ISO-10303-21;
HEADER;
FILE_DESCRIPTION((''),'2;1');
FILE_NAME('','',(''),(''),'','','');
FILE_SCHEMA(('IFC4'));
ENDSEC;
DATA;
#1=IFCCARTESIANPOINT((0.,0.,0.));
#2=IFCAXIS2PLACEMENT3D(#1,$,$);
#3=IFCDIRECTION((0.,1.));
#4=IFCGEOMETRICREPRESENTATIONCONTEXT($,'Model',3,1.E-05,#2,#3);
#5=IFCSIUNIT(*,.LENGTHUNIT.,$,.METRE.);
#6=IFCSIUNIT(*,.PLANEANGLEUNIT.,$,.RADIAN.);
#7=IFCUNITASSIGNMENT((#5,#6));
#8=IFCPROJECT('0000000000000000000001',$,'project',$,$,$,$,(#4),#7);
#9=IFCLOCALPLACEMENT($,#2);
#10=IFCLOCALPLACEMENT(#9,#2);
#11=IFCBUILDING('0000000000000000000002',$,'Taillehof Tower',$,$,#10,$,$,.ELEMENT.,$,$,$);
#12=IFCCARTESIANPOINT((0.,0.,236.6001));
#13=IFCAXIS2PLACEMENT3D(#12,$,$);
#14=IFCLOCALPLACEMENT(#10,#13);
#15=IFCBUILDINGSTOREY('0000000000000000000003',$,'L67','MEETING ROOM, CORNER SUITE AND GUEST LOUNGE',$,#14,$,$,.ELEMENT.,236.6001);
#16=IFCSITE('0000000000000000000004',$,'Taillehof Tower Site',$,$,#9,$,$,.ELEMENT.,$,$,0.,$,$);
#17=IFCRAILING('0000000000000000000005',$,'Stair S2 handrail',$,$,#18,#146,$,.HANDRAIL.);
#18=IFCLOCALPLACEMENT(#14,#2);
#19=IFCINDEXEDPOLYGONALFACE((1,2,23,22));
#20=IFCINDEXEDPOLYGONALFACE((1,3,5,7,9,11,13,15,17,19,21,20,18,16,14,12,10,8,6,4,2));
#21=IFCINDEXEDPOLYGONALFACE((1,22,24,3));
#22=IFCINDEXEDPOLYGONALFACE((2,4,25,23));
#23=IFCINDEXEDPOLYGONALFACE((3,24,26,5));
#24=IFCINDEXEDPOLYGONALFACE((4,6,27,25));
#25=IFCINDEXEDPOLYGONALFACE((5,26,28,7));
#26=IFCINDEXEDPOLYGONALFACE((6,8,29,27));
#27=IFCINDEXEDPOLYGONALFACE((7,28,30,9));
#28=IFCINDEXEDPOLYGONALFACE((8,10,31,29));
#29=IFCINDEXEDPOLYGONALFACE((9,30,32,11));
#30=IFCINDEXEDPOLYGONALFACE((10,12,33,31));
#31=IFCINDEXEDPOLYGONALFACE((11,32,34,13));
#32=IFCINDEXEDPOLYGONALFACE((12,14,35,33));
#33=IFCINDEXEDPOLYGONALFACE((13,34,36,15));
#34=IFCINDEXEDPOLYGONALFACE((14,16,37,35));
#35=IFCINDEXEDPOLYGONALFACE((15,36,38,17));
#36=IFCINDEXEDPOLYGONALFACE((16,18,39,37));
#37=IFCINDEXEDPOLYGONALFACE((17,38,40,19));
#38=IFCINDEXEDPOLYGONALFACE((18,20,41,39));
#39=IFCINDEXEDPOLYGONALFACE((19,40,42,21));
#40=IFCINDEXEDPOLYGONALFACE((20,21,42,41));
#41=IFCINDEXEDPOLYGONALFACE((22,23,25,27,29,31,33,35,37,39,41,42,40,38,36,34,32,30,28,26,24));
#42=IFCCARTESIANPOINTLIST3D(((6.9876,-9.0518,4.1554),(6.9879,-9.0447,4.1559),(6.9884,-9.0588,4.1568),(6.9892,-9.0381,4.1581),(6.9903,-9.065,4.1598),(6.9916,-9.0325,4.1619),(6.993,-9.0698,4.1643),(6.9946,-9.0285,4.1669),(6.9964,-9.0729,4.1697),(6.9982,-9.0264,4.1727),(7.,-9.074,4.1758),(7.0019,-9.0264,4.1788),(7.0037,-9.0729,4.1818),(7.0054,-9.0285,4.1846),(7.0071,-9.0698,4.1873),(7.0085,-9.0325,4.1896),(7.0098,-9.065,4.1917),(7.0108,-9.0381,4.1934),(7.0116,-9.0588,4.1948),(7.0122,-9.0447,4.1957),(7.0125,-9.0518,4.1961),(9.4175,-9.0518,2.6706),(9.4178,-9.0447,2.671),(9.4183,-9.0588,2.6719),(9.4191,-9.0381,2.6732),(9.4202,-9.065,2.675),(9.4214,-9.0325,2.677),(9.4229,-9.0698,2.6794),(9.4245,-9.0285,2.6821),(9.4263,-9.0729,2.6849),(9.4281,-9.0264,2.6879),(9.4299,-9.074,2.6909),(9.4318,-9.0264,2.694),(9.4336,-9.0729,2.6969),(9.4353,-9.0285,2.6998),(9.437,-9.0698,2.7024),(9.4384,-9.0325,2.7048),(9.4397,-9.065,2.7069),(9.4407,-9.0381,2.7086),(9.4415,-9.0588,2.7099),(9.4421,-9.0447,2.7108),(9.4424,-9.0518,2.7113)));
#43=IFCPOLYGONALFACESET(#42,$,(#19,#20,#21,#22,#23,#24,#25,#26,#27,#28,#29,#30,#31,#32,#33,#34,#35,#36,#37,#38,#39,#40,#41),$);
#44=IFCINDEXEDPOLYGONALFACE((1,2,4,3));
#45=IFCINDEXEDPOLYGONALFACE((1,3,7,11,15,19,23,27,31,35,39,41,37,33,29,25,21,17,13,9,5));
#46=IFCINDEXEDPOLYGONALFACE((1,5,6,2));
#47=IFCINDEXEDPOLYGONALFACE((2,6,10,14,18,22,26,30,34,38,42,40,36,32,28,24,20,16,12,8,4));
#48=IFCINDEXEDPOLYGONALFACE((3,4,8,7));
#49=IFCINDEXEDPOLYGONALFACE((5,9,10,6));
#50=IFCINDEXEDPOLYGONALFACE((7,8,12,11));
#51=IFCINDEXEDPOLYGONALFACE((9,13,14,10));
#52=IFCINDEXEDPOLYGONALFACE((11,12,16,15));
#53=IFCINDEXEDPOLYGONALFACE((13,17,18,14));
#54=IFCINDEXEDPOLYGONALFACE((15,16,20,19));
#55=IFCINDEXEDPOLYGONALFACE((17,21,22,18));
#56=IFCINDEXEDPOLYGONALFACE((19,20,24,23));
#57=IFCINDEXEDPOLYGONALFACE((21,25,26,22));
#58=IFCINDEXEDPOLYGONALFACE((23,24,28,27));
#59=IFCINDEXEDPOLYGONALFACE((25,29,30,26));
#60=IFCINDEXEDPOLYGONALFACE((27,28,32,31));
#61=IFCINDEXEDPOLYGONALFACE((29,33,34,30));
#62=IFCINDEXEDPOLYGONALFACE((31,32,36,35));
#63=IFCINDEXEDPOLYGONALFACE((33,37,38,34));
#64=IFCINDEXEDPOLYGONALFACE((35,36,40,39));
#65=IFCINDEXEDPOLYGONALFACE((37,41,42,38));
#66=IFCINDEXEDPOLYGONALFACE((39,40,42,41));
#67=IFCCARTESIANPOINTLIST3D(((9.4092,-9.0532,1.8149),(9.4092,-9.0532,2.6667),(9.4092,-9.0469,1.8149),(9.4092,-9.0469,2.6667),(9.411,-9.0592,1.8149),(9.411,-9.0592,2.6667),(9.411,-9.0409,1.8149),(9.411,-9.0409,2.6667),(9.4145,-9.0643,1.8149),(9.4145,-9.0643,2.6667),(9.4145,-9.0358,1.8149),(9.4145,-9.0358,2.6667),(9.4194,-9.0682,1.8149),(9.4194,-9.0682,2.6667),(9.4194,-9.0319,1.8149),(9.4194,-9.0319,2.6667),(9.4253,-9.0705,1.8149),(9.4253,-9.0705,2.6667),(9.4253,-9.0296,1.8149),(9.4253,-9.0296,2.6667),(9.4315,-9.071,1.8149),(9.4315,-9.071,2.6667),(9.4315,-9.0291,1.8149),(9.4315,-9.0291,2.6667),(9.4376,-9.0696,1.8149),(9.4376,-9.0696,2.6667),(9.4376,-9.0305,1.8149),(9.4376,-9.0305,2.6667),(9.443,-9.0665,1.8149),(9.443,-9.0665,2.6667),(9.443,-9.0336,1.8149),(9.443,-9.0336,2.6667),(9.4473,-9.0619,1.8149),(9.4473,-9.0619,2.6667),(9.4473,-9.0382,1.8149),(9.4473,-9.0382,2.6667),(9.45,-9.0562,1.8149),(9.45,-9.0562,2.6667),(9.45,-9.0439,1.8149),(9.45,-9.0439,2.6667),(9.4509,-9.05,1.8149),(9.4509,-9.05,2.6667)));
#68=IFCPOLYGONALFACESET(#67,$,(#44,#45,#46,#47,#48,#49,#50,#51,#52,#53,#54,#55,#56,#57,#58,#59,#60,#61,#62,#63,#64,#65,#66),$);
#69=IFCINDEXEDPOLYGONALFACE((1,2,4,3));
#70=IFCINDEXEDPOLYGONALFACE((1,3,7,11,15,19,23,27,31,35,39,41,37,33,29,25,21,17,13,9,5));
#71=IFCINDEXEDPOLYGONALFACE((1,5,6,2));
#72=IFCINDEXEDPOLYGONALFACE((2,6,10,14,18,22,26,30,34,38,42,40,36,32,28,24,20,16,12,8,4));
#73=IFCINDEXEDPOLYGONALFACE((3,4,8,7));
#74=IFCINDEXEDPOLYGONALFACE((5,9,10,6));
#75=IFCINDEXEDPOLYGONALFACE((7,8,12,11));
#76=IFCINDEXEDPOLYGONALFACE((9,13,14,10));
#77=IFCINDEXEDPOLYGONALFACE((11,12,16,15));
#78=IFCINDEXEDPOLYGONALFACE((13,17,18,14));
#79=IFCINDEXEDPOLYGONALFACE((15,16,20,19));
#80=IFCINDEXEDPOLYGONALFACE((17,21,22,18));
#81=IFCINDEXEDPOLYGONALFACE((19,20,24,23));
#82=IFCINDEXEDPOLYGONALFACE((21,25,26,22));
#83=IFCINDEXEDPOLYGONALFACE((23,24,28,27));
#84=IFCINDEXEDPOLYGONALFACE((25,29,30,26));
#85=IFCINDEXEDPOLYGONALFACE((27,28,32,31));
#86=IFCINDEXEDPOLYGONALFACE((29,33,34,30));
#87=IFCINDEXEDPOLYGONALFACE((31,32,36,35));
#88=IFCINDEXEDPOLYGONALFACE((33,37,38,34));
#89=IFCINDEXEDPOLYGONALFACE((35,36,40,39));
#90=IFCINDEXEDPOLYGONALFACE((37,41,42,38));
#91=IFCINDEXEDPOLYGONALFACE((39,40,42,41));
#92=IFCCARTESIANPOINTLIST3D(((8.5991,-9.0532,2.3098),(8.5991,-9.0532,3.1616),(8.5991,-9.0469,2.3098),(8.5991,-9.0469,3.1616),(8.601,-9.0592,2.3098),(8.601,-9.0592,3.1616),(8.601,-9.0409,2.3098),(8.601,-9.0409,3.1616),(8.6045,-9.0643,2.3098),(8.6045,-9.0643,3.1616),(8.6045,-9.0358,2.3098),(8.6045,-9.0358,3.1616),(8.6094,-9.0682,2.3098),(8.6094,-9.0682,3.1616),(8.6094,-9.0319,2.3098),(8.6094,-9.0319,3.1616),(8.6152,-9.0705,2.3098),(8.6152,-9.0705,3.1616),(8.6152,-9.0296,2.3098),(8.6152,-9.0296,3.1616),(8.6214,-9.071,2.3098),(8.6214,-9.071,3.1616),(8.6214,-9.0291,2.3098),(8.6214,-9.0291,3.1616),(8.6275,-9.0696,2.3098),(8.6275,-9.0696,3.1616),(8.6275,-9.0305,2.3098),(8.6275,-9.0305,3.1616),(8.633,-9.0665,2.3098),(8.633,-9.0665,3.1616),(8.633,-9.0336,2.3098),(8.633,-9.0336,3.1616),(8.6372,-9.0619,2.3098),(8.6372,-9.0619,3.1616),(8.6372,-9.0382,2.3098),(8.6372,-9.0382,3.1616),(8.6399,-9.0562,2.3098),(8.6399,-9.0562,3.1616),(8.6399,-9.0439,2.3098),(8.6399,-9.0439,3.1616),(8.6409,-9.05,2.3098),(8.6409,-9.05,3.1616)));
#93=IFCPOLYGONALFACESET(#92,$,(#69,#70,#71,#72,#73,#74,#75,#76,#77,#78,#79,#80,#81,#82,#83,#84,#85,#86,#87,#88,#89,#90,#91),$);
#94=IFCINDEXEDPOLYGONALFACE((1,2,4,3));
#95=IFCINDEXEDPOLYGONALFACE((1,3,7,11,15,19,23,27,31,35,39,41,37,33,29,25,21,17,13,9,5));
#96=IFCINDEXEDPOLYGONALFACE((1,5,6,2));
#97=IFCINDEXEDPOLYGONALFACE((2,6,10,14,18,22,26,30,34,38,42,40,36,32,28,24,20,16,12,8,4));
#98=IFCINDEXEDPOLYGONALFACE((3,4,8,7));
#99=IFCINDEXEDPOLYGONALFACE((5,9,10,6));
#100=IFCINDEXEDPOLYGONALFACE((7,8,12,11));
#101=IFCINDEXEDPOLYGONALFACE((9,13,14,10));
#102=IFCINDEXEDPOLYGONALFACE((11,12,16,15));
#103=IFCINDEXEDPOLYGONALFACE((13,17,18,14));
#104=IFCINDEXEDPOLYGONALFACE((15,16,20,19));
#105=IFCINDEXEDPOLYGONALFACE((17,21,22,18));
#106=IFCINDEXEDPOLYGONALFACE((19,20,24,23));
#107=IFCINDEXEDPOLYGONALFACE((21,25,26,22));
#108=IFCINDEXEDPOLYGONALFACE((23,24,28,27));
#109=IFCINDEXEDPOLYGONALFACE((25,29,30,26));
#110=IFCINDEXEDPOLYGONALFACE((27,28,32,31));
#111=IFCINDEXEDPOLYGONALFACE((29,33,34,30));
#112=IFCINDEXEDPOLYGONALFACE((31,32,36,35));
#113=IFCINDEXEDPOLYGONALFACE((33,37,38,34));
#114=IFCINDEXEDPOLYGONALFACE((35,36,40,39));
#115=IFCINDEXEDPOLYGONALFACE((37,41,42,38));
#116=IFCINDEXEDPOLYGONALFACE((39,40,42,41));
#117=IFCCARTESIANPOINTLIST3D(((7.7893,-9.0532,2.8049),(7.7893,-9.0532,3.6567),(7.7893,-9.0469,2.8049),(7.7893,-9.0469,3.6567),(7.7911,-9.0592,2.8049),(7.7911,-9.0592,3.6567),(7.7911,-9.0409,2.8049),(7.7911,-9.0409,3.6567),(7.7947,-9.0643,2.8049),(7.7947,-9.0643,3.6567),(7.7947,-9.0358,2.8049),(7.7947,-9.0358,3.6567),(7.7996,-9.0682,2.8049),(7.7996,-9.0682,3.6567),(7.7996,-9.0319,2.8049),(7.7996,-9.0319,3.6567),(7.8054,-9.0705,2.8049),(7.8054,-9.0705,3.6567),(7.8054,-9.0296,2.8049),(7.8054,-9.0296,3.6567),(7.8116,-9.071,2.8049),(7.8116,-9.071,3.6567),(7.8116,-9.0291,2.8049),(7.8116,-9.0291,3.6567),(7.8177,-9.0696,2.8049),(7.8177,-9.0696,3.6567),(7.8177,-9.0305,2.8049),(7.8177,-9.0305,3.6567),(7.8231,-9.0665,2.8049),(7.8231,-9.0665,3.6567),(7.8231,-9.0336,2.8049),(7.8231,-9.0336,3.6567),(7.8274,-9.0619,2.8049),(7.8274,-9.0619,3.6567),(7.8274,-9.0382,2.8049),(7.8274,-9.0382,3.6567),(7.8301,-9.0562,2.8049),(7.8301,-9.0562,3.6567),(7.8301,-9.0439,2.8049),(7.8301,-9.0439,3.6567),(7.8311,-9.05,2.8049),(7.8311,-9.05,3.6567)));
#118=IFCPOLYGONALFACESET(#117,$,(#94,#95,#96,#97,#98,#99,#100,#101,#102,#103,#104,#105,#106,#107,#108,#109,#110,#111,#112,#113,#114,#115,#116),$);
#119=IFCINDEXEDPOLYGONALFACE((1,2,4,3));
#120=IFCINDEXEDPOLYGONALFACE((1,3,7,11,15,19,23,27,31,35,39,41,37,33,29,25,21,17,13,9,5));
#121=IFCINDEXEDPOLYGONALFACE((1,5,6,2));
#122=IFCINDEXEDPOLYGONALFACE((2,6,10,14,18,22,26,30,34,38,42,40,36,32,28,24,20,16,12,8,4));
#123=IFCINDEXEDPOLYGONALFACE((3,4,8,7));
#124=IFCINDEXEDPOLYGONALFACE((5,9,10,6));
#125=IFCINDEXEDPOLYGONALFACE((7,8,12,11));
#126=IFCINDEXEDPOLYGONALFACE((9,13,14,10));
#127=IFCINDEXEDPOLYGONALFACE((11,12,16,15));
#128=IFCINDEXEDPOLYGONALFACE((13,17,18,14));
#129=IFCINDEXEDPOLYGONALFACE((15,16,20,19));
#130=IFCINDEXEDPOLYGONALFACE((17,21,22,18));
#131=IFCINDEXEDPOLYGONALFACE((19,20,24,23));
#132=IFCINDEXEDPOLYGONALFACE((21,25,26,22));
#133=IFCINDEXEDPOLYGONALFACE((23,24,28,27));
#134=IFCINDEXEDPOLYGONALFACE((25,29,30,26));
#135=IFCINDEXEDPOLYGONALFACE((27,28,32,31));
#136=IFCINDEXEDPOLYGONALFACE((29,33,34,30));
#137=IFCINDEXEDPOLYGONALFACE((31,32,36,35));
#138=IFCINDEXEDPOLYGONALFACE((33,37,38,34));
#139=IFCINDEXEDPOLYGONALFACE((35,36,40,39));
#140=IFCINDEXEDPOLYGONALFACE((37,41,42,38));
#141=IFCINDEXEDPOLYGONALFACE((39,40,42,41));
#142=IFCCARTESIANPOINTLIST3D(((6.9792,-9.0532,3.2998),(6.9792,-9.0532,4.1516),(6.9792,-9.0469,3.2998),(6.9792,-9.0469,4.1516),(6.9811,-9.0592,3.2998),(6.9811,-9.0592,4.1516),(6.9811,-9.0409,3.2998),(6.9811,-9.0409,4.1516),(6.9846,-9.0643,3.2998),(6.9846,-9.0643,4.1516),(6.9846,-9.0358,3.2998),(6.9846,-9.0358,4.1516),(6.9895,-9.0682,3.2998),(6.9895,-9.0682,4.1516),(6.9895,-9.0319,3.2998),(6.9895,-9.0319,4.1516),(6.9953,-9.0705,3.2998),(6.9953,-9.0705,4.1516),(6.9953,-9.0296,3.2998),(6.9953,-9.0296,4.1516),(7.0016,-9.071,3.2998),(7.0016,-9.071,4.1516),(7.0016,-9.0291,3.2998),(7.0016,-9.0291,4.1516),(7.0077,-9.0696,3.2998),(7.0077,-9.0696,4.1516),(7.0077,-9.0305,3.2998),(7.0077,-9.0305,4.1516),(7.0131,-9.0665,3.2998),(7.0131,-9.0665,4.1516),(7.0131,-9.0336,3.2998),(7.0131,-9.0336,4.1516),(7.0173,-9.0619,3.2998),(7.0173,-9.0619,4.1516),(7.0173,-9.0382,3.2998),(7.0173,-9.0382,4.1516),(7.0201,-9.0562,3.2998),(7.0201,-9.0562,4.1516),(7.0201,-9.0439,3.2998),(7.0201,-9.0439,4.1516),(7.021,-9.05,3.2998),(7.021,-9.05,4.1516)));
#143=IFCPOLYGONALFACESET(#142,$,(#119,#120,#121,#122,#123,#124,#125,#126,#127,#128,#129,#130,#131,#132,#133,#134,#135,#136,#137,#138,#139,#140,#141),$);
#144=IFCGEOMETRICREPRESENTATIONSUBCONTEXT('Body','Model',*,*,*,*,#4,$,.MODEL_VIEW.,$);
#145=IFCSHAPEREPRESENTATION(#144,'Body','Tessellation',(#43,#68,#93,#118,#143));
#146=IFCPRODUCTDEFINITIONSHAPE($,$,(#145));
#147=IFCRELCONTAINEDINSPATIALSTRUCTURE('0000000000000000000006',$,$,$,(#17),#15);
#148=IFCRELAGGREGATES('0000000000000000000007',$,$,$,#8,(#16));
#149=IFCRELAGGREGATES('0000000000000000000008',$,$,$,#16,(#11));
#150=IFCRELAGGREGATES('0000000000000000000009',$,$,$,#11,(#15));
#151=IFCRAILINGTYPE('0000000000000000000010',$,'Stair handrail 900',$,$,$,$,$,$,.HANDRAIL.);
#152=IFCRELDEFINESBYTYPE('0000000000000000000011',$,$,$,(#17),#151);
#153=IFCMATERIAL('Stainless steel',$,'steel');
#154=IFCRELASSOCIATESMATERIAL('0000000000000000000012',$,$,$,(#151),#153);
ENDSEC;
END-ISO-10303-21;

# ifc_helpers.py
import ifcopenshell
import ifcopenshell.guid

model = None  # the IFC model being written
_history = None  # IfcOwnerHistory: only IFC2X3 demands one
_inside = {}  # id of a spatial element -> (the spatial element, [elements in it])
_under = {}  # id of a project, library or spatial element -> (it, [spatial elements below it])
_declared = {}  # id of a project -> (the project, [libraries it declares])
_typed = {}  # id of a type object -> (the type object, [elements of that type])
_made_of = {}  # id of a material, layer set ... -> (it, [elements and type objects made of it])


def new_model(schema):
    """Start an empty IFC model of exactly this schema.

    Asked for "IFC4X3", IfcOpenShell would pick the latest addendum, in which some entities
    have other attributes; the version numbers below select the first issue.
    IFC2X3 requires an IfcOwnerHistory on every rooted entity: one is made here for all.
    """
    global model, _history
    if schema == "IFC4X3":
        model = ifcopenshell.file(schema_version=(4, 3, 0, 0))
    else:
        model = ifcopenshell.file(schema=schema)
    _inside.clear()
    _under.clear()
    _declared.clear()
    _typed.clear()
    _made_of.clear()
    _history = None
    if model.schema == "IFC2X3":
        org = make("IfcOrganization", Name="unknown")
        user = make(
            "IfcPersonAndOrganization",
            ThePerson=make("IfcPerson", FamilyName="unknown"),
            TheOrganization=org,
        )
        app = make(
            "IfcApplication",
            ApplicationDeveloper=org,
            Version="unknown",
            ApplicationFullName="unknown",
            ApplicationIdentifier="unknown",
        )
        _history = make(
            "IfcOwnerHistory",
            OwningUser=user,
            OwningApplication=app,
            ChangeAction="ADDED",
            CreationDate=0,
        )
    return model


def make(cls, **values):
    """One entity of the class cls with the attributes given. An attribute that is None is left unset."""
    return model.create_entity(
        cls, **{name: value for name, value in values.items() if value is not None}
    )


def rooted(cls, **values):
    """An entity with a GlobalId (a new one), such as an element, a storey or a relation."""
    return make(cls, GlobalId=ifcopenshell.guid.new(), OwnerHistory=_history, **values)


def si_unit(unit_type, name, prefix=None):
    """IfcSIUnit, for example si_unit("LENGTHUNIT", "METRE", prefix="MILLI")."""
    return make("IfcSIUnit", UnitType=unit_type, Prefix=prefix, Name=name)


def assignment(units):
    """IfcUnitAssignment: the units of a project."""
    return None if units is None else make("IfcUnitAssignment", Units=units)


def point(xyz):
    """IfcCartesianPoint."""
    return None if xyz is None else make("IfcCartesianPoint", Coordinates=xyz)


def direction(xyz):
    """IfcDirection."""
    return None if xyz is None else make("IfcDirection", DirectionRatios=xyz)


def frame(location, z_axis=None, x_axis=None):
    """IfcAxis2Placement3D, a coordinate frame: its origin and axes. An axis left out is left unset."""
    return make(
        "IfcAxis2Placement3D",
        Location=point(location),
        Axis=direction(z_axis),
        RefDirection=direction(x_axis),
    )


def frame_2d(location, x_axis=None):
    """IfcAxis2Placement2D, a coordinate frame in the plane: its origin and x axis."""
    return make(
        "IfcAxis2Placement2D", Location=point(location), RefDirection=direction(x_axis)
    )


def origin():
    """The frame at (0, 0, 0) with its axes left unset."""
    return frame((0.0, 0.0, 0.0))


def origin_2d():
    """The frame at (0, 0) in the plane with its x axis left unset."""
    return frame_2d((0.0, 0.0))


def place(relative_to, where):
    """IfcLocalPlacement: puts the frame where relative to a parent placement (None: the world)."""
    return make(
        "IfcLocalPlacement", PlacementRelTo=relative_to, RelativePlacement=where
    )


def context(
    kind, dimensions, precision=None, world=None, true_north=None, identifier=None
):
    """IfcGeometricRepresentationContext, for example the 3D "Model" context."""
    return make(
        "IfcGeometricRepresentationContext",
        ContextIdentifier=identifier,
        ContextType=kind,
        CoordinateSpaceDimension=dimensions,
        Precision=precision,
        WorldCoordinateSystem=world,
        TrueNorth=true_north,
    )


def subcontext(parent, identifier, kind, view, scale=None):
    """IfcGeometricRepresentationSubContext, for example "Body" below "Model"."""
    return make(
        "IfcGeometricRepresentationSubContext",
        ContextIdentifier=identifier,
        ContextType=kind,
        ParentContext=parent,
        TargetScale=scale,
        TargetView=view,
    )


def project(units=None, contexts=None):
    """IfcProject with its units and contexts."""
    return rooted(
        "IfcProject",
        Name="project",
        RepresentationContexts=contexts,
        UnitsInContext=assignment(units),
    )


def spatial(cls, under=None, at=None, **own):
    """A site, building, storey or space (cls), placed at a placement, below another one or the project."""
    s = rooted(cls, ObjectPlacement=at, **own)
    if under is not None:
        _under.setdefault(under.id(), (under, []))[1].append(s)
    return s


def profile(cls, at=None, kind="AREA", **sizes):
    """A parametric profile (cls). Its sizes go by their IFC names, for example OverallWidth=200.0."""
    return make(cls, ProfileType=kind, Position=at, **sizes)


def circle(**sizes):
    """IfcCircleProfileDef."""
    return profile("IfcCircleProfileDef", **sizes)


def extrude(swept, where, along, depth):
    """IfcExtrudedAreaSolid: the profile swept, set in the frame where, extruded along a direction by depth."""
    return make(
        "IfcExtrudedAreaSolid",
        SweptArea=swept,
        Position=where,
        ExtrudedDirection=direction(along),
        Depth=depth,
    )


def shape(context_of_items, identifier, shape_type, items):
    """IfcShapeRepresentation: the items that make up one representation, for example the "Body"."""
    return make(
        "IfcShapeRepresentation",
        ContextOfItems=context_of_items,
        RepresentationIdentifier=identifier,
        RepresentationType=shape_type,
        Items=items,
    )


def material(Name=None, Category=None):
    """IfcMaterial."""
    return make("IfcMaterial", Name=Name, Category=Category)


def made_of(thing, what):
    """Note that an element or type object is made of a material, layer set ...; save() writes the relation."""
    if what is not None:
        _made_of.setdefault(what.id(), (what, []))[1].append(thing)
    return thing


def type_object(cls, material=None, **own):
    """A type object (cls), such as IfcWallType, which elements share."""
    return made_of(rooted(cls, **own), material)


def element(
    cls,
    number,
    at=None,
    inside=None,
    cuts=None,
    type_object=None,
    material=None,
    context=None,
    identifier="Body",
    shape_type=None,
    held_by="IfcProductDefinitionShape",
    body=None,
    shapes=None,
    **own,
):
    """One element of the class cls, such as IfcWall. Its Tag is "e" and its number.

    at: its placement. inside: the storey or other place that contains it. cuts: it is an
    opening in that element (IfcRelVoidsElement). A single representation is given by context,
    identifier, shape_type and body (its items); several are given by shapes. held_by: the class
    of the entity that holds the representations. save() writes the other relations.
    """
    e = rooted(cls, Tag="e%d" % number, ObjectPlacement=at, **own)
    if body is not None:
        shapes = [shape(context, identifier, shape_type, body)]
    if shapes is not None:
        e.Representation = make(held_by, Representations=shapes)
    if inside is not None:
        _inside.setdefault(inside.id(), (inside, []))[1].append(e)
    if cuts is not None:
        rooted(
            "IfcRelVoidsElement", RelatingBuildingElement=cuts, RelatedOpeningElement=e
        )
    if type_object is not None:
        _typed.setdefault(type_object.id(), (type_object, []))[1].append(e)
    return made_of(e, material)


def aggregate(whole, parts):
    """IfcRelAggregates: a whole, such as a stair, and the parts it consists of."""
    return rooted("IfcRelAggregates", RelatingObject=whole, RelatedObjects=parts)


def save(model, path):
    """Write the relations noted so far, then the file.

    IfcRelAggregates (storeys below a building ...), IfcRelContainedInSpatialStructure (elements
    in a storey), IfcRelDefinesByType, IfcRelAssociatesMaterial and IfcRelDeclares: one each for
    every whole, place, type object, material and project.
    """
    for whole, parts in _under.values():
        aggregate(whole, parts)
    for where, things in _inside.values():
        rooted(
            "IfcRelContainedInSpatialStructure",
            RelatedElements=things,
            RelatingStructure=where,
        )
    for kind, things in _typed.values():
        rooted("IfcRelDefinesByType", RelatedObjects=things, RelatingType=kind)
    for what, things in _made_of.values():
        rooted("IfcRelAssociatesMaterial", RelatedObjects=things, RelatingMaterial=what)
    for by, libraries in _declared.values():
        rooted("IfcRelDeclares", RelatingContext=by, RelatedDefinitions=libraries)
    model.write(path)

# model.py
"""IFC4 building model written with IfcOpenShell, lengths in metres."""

from ifc_helpers import new_model, si_unit, direction, frame, origin, origin_2d, place, context, subcontext, project, spatial, circle, extrude, material, type_object, element, save


model = new_model("IFC4")

# Units and contexts
model_context = context("Model", 3, precision=1e-05, world=origin(), true_north=direction((0.0, 1.0)))
body_context = subcontext(model_context, "Body", "Model", "MODEL_VIEW")
ifc_project = project(units=[si_unit("LENGTHUNIT", "METRE"), si_unit("PLANEANGLEUNIT", "RADIAN")], contexts=[model_context])

# Site, building, storey
site_placement = place(None, origin())
site = spatial("IfcSite", under=ifc_project, at=site_placement, Name="Taillehof Tower Site", CompositionType="ELEMENT", RefElevation=0.0)
building_placement = place(site_placement, origin())
building = spatial("IfcBuilding", under=site, at=building_placement, Name="Taillehof Tower", CompositionType="ELEMENT")
storey_placement = place(building_placement, frame((0.0, 0.0, 236.6001)))
storey = spatial("IfcBuildingStorey", under=building, at=storey_placement, Name="L67", Description="MEETING ROOM, CORNER SUITE AND GUEST LOUNGE", CompositionType="ELEMENT", Elevation=236.6001)

# Railing
ifc_material_1 = material(Name="Stainless steel", Category="steel")
railing_type = type_object("IfcRailingType", Name="Stair handrail 900", PredefinedType="HANDRAIL", material=ifc_material_1)
railing_placement = place(storey_placement, frame((9.4299, -9.05, 1.8149)))
element("IfcRailing", 1, at=railing_placement, inside=storey, type_object=railing_type, Name="Stair S2 handrail", PredefinedType="HANDRAIL", context=body_context, shape_type="SweptSolid", body=[
    extrude(circle(Radius=0.0239, at=origin_2d()), frame((0.0, 0.0, 0.876), z_axis=(-0.853297, 0.0, 0.521426), x_axis=(0.0, -1.0, 0.0)), (0.0, 0.0, 1.0), 2.8477),
    extrude(circle(Radius=0.021, at=origin_2d()), origin(), (0.0, 0.0, 1.0), 0.8518),
    extrude(circle(Radius=0.021, at=origin_2d()), frame((-0.8101, 0.0, 0.4949)), (0.0, 0.0, 1.0), 0.8518),
    extrude(circle(Radius=0.021, at=origin_2d()), frame((-1.6199, 0.0, 0.99)), (0.0, 0.0, 1.0), 0.8518),
    extrude(circle(Radius=0.021, at=origin_2d()), frame((-2.4299, 0.0, 1.4849)), (0.0, 0.0, 1.0), 0.8518),
])

save(model, "model.ifc")
